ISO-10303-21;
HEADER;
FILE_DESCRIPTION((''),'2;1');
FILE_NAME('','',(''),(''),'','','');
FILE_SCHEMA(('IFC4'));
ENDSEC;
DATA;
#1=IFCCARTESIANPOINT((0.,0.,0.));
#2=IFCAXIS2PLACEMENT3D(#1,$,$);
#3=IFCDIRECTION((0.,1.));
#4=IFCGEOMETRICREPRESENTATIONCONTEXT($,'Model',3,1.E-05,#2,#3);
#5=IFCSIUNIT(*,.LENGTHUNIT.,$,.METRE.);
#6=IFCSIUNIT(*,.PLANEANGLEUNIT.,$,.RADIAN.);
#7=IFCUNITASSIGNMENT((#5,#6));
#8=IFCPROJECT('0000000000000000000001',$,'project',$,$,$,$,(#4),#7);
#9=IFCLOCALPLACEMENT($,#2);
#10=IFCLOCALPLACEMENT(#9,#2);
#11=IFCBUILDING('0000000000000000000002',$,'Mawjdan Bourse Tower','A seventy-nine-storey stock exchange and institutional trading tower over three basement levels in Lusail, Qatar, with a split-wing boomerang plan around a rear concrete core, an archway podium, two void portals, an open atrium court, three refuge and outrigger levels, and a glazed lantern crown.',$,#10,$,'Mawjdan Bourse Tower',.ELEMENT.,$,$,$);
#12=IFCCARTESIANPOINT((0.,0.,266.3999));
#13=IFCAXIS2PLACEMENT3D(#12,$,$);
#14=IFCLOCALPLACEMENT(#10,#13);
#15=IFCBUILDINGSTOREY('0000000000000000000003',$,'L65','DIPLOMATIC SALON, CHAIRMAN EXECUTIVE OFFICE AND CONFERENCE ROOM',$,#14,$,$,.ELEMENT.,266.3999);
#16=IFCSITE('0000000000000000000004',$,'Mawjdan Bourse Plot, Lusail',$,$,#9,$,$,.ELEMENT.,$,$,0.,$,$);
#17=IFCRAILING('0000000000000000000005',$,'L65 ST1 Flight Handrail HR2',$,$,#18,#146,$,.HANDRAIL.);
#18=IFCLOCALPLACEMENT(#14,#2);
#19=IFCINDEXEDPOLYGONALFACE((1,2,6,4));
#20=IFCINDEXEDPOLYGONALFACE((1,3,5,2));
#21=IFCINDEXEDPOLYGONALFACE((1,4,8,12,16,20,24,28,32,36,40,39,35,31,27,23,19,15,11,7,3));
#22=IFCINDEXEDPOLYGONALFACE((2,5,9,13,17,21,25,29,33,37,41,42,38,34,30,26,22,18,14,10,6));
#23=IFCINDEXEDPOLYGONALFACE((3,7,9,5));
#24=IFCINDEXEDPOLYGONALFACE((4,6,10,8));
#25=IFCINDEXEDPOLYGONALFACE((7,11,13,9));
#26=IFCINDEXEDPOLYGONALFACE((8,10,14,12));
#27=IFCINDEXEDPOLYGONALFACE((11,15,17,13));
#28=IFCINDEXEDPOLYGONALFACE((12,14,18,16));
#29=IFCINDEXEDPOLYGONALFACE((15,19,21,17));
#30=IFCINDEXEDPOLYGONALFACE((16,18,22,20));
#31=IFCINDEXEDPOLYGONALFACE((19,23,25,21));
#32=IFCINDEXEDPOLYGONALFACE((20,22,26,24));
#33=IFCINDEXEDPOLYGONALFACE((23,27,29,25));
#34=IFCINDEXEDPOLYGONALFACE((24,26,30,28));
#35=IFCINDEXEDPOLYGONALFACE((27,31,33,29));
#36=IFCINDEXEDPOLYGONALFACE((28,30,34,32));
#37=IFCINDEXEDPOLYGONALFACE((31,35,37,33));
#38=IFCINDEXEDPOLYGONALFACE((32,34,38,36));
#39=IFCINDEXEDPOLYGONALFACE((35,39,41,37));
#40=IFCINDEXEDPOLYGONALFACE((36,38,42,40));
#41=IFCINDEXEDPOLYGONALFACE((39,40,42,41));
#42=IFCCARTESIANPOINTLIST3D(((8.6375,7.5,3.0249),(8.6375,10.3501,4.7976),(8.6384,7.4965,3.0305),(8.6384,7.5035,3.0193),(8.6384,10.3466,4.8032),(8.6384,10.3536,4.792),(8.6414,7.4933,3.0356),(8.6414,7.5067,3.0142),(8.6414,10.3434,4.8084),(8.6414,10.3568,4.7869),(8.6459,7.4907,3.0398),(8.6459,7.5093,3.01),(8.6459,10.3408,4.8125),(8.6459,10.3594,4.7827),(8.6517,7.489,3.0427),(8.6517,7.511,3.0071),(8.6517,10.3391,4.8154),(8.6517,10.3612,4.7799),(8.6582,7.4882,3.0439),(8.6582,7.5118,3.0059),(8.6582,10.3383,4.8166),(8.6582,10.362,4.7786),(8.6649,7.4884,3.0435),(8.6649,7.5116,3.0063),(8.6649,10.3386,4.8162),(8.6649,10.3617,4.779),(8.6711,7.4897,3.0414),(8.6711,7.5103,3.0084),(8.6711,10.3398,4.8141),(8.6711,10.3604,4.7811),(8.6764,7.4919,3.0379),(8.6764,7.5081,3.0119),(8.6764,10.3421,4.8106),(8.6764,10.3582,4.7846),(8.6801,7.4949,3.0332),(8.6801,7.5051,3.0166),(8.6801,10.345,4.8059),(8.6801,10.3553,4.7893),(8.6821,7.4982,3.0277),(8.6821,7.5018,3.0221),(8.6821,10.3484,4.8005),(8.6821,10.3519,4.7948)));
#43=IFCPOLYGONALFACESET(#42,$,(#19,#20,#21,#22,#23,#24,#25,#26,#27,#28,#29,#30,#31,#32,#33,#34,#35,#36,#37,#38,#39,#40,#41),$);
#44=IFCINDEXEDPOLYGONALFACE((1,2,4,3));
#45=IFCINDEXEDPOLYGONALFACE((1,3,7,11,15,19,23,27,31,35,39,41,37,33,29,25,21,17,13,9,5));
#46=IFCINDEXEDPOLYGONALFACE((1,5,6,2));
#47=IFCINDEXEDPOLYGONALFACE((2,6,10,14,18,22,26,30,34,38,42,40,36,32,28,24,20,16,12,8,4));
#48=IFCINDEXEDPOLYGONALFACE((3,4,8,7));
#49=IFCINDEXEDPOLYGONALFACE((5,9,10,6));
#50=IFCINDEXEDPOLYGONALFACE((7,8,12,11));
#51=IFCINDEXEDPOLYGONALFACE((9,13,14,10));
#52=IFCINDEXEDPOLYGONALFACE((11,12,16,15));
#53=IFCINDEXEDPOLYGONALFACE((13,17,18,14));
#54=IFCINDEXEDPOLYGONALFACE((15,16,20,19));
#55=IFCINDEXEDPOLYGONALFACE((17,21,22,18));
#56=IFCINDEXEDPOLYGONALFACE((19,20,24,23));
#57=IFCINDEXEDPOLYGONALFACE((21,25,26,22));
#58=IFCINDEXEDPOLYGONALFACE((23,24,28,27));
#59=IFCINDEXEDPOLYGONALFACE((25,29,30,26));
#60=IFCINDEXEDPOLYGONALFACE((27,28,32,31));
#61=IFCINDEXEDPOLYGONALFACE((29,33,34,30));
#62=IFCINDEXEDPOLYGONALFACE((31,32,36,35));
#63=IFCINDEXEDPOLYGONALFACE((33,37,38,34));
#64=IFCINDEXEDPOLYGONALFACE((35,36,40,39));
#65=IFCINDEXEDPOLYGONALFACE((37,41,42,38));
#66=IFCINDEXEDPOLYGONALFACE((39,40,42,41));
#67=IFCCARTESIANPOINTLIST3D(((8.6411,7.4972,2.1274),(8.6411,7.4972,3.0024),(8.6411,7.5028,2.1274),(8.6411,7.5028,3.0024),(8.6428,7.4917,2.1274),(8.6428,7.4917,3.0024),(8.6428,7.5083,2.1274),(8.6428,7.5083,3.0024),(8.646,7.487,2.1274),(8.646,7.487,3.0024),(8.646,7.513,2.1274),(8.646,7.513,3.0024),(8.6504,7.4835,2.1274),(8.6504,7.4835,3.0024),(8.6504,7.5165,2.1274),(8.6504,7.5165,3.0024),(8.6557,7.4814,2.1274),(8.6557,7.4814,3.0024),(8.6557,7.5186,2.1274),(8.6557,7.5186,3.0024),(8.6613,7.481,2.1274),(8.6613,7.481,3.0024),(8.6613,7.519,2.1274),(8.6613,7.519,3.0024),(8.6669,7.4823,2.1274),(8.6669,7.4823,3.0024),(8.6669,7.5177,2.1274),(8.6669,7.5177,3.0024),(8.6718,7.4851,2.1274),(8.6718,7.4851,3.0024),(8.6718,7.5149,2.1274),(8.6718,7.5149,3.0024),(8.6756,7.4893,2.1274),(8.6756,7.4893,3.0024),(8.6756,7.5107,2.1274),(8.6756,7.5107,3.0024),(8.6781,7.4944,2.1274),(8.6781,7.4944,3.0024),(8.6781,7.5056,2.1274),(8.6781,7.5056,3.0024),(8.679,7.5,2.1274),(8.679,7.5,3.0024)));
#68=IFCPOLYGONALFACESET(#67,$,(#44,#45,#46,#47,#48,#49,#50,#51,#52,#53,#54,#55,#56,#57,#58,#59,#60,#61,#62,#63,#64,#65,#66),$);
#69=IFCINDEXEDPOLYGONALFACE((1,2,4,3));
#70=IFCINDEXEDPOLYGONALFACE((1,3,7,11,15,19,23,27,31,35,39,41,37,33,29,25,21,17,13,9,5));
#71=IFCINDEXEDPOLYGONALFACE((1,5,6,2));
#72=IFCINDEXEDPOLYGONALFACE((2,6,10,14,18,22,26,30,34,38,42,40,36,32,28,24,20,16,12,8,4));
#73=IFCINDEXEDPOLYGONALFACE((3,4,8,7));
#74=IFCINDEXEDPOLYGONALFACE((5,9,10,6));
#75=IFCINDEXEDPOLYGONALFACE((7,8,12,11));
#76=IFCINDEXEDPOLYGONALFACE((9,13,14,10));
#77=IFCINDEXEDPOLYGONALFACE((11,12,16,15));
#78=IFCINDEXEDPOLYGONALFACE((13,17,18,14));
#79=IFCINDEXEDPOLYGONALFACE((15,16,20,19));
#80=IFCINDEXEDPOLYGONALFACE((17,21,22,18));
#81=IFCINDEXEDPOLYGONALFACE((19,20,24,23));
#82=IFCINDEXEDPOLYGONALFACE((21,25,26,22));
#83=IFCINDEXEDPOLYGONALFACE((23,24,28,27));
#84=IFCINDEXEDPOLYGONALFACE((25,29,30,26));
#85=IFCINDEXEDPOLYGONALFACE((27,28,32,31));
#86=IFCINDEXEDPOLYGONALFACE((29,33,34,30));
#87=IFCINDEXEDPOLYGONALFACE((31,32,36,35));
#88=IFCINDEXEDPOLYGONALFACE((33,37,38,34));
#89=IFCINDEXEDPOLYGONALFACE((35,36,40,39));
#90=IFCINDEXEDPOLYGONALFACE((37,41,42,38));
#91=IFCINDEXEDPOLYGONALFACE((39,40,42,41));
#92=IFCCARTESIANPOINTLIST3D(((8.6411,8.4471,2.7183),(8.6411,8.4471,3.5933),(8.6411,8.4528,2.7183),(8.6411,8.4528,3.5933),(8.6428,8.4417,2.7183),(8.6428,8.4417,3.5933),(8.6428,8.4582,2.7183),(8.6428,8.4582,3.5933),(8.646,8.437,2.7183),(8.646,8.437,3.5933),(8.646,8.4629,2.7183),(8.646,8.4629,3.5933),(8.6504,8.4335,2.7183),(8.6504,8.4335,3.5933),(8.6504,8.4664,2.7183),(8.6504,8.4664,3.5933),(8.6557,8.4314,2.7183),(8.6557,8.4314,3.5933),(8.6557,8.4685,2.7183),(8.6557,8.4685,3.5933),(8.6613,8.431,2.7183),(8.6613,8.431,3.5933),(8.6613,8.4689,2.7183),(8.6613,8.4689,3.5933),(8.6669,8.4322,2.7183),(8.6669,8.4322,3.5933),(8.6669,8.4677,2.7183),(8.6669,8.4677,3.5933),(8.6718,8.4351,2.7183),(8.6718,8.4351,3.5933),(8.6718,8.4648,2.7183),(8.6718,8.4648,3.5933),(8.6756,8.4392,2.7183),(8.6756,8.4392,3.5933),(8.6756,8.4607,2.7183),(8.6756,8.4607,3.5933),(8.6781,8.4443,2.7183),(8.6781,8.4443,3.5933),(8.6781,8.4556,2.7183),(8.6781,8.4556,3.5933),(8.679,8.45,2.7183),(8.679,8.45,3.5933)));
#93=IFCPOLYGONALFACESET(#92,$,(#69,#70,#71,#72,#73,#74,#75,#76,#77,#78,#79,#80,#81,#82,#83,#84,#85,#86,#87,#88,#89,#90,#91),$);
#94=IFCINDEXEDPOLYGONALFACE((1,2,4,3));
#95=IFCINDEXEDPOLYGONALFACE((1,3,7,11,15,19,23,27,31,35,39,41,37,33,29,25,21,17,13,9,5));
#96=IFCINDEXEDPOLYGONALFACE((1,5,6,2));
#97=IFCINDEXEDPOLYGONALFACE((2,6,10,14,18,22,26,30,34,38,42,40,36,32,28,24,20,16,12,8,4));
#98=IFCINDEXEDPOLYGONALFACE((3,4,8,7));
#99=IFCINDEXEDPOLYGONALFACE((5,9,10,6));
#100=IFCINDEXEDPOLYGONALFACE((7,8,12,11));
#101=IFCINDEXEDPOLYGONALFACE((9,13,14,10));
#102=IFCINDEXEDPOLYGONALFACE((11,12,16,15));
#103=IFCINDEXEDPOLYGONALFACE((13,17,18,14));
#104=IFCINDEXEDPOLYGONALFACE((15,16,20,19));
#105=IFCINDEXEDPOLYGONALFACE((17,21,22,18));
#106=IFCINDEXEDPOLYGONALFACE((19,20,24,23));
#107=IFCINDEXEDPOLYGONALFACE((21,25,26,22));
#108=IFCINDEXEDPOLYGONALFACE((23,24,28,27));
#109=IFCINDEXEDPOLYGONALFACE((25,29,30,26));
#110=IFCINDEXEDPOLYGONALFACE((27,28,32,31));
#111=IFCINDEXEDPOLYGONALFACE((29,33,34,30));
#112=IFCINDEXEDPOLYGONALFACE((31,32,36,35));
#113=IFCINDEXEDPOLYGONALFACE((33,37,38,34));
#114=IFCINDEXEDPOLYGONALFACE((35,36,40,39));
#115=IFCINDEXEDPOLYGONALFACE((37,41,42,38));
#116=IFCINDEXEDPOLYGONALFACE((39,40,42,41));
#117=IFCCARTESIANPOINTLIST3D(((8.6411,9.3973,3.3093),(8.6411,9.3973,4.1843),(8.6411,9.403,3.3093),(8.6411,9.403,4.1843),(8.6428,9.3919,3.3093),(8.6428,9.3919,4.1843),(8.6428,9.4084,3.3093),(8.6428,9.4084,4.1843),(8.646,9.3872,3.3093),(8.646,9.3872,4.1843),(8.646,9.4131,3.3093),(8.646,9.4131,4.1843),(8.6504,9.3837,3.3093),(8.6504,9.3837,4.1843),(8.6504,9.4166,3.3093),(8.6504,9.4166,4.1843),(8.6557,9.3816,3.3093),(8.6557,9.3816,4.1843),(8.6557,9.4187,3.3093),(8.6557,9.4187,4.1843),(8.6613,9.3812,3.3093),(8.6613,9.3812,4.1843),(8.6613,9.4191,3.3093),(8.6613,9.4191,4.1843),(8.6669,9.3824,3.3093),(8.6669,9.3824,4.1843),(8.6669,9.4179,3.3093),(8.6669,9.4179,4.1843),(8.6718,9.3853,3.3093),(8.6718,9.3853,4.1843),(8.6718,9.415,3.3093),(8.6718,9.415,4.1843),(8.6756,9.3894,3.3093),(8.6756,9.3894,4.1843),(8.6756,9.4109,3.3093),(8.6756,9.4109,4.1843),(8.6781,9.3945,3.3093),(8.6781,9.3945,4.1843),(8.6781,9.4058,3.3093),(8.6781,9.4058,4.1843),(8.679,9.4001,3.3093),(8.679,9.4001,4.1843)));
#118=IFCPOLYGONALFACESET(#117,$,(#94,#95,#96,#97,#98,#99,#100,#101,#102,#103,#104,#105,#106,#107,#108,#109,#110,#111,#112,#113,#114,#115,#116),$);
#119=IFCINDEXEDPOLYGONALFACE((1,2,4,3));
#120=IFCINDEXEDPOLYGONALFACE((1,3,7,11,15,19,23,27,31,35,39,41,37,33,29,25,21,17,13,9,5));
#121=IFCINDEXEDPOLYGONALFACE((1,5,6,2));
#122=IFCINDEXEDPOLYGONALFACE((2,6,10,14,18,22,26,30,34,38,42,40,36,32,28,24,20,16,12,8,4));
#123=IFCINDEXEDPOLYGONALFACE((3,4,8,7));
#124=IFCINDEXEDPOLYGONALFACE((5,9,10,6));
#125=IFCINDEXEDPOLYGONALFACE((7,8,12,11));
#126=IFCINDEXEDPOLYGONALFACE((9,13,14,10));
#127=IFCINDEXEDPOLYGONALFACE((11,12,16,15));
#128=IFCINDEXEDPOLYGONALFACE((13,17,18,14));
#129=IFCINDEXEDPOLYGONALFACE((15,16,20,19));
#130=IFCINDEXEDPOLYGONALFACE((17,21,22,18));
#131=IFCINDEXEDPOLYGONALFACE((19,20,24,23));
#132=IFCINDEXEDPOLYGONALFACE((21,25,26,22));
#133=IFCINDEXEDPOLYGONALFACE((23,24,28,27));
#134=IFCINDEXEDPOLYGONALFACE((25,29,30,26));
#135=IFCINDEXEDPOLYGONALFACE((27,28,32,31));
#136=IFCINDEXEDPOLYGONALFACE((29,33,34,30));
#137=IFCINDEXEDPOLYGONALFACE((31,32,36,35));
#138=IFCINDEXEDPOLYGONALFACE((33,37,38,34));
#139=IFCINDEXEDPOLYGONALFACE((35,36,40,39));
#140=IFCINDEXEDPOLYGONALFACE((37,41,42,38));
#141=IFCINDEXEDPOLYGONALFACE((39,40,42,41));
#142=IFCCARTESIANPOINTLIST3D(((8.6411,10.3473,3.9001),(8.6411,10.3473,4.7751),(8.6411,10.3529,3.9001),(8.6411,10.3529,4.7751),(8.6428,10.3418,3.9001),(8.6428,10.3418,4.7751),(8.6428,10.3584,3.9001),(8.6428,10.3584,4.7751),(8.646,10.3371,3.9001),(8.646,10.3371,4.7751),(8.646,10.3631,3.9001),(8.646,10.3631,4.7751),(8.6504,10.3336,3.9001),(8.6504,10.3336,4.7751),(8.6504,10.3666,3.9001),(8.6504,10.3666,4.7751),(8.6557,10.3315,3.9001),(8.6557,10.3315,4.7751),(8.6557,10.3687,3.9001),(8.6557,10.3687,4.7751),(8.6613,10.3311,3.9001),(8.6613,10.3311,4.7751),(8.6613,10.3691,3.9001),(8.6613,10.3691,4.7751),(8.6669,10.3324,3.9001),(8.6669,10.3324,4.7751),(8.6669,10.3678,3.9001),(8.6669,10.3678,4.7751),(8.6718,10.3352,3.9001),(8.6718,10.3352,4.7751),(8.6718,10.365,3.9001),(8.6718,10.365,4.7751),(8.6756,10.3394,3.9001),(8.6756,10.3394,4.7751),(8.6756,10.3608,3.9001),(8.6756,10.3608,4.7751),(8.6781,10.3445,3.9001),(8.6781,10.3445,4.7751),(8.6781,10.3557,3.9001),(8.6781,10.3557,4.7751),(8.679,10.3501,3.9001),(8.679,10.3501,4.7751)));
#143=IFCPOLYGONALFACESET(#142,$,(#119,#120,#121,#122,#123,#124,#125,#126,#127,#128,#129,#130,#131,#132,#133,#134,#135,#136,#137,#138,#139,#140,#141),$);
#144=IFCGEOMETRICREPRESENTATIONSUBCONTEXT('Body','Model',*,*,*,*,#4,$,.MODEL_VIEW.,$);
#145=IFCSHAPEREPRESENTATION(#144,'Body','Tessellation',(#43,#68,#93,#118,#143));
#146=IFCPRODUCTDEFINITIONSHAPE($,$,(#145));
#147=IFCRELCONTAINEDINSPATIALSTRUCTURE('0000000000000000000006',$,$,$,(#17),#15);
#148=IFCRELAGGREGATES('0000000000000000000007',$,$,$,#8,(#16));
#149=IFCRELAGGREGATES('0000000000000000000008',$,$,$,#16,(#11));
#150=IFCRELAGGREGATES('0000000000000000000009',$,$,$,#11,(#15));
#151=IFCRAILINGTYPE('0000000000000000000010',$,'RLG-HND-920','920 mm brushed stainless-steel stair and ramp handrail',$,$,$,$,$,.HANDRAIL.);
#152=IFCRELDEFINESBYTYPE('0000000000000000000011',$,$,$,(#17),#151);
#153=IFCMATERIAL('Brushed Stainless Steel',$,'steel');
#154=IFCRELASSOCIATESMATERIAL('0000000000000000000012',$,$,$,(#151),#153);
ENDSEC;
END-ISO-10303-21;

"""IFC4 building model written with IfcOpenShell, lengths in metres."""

from ifc_helpers import new_model, si_unit, direction, frame, origin, origin_2d, place, context, subcontext, project, spatial, circle, extrude, material, type_object, element, save


model = new_model("IFC4")

# Units and contexts
model_context = context("Model", 3, precision=1e-05, world=origin(), true_north=direction((0.0, 1.0)))
body_context = subcontext(model_context, "Body", "Model", "MODEL_VIEW")
ifc_project = project(units=[si_unit("LENGTHUNIT", "METRE"), si_unit("PLANEANGLEUNIT", "RADIAN")], contexts=[model_context])

# Site, building, storey
site_placement = place(None, origin())
site = spatial("IfcSite", under=ifc_project, at=site_placement, Name="Mawjdan Bourse Plot, Lusail", CompositionType="ELEMENT", RefElevation=0.0)
building_placement = place(site_placement, origin())
building = spatial("IfcBuilding", under=site, at=building_placement, Name="Mawjdan Bourse Tower", Description="A seventy-nine-storey stock exchange and institutional trading tower over three basement levels in Lusail, Qatar, with a split-wing boomerang plan around a rear concrete core, an archway podium, two void portals, an open atrium court, three refuge and outrigger levels, and a glazed lantern crown.", LongName="Mawjdan Bourse Tower", CompositionType="ELEMENT")
storey_placement = place(building_placement, frame((0.0, 0.0, 266.3999)))
storey = spatial("IfcBuildingStorey", under=building, at=storey_placement, Name="L65", Description="DIPLOMATIC SALON, CHAIRMAN EXECUTIVE OFFICE AND CONFERENCE ROOM", CompositionType="ELEMENT", Elevation=266.3999)

# Railing
ifc_material_1 = material(Name="Brushed Stainless Steel", Category="steel")
railing_type = type_object("IfcRailingType", Name="RLG-HND-920", Description="920 mm brushed stainless-steel stair and ramp handrail", PredefinedType="HANDRAIL", material=ifc_material_1)
railing_placement = place(storey_placement, frame((8.6599, 7.5, 2.1274)))
element("IfcRailing", 1, at=railing_placement, inside=storey, type_object=railing_type, Name="L65 ST1 Flight Handrail HR2", PredefinedType="HANDRAIL", context=body_context, shape_type="SweptSolid", body=[
    extrude(circle(Radius=0.0225, at=origin_2d()), frame((0.0, 0.0, 0.8975), z_axis=(0.0, 0.849149, 0.528154), x_axis=(-1.0, 0.0, 0.0)), (0.0, 0.0, 1.0), 3.3564),
    extrude(circle(Radius=0.019, at=origin_2d()), origin(), (0.0, 0.0, 1.0), 0.875),
    extrude(circle(Radius=0.019, at=origin_2d()), frame((0.0, 0.95, 0.5908)), (0.0, 0.0, 1.0), 0.875),
    extrude(circle(Radius=0.019, at=origin_2d()), frame((0.0, 1.9001, 1.1819)), (0.0, 0.0, 1.0), 0.875),
    extrude(circle(Radius=0.019, at=origin_2d()), frame((0.0, 2.8501, 1.7727)), (0.0, 0.0, 1.0), 0.875),
])

save(model, "model.ifc")
